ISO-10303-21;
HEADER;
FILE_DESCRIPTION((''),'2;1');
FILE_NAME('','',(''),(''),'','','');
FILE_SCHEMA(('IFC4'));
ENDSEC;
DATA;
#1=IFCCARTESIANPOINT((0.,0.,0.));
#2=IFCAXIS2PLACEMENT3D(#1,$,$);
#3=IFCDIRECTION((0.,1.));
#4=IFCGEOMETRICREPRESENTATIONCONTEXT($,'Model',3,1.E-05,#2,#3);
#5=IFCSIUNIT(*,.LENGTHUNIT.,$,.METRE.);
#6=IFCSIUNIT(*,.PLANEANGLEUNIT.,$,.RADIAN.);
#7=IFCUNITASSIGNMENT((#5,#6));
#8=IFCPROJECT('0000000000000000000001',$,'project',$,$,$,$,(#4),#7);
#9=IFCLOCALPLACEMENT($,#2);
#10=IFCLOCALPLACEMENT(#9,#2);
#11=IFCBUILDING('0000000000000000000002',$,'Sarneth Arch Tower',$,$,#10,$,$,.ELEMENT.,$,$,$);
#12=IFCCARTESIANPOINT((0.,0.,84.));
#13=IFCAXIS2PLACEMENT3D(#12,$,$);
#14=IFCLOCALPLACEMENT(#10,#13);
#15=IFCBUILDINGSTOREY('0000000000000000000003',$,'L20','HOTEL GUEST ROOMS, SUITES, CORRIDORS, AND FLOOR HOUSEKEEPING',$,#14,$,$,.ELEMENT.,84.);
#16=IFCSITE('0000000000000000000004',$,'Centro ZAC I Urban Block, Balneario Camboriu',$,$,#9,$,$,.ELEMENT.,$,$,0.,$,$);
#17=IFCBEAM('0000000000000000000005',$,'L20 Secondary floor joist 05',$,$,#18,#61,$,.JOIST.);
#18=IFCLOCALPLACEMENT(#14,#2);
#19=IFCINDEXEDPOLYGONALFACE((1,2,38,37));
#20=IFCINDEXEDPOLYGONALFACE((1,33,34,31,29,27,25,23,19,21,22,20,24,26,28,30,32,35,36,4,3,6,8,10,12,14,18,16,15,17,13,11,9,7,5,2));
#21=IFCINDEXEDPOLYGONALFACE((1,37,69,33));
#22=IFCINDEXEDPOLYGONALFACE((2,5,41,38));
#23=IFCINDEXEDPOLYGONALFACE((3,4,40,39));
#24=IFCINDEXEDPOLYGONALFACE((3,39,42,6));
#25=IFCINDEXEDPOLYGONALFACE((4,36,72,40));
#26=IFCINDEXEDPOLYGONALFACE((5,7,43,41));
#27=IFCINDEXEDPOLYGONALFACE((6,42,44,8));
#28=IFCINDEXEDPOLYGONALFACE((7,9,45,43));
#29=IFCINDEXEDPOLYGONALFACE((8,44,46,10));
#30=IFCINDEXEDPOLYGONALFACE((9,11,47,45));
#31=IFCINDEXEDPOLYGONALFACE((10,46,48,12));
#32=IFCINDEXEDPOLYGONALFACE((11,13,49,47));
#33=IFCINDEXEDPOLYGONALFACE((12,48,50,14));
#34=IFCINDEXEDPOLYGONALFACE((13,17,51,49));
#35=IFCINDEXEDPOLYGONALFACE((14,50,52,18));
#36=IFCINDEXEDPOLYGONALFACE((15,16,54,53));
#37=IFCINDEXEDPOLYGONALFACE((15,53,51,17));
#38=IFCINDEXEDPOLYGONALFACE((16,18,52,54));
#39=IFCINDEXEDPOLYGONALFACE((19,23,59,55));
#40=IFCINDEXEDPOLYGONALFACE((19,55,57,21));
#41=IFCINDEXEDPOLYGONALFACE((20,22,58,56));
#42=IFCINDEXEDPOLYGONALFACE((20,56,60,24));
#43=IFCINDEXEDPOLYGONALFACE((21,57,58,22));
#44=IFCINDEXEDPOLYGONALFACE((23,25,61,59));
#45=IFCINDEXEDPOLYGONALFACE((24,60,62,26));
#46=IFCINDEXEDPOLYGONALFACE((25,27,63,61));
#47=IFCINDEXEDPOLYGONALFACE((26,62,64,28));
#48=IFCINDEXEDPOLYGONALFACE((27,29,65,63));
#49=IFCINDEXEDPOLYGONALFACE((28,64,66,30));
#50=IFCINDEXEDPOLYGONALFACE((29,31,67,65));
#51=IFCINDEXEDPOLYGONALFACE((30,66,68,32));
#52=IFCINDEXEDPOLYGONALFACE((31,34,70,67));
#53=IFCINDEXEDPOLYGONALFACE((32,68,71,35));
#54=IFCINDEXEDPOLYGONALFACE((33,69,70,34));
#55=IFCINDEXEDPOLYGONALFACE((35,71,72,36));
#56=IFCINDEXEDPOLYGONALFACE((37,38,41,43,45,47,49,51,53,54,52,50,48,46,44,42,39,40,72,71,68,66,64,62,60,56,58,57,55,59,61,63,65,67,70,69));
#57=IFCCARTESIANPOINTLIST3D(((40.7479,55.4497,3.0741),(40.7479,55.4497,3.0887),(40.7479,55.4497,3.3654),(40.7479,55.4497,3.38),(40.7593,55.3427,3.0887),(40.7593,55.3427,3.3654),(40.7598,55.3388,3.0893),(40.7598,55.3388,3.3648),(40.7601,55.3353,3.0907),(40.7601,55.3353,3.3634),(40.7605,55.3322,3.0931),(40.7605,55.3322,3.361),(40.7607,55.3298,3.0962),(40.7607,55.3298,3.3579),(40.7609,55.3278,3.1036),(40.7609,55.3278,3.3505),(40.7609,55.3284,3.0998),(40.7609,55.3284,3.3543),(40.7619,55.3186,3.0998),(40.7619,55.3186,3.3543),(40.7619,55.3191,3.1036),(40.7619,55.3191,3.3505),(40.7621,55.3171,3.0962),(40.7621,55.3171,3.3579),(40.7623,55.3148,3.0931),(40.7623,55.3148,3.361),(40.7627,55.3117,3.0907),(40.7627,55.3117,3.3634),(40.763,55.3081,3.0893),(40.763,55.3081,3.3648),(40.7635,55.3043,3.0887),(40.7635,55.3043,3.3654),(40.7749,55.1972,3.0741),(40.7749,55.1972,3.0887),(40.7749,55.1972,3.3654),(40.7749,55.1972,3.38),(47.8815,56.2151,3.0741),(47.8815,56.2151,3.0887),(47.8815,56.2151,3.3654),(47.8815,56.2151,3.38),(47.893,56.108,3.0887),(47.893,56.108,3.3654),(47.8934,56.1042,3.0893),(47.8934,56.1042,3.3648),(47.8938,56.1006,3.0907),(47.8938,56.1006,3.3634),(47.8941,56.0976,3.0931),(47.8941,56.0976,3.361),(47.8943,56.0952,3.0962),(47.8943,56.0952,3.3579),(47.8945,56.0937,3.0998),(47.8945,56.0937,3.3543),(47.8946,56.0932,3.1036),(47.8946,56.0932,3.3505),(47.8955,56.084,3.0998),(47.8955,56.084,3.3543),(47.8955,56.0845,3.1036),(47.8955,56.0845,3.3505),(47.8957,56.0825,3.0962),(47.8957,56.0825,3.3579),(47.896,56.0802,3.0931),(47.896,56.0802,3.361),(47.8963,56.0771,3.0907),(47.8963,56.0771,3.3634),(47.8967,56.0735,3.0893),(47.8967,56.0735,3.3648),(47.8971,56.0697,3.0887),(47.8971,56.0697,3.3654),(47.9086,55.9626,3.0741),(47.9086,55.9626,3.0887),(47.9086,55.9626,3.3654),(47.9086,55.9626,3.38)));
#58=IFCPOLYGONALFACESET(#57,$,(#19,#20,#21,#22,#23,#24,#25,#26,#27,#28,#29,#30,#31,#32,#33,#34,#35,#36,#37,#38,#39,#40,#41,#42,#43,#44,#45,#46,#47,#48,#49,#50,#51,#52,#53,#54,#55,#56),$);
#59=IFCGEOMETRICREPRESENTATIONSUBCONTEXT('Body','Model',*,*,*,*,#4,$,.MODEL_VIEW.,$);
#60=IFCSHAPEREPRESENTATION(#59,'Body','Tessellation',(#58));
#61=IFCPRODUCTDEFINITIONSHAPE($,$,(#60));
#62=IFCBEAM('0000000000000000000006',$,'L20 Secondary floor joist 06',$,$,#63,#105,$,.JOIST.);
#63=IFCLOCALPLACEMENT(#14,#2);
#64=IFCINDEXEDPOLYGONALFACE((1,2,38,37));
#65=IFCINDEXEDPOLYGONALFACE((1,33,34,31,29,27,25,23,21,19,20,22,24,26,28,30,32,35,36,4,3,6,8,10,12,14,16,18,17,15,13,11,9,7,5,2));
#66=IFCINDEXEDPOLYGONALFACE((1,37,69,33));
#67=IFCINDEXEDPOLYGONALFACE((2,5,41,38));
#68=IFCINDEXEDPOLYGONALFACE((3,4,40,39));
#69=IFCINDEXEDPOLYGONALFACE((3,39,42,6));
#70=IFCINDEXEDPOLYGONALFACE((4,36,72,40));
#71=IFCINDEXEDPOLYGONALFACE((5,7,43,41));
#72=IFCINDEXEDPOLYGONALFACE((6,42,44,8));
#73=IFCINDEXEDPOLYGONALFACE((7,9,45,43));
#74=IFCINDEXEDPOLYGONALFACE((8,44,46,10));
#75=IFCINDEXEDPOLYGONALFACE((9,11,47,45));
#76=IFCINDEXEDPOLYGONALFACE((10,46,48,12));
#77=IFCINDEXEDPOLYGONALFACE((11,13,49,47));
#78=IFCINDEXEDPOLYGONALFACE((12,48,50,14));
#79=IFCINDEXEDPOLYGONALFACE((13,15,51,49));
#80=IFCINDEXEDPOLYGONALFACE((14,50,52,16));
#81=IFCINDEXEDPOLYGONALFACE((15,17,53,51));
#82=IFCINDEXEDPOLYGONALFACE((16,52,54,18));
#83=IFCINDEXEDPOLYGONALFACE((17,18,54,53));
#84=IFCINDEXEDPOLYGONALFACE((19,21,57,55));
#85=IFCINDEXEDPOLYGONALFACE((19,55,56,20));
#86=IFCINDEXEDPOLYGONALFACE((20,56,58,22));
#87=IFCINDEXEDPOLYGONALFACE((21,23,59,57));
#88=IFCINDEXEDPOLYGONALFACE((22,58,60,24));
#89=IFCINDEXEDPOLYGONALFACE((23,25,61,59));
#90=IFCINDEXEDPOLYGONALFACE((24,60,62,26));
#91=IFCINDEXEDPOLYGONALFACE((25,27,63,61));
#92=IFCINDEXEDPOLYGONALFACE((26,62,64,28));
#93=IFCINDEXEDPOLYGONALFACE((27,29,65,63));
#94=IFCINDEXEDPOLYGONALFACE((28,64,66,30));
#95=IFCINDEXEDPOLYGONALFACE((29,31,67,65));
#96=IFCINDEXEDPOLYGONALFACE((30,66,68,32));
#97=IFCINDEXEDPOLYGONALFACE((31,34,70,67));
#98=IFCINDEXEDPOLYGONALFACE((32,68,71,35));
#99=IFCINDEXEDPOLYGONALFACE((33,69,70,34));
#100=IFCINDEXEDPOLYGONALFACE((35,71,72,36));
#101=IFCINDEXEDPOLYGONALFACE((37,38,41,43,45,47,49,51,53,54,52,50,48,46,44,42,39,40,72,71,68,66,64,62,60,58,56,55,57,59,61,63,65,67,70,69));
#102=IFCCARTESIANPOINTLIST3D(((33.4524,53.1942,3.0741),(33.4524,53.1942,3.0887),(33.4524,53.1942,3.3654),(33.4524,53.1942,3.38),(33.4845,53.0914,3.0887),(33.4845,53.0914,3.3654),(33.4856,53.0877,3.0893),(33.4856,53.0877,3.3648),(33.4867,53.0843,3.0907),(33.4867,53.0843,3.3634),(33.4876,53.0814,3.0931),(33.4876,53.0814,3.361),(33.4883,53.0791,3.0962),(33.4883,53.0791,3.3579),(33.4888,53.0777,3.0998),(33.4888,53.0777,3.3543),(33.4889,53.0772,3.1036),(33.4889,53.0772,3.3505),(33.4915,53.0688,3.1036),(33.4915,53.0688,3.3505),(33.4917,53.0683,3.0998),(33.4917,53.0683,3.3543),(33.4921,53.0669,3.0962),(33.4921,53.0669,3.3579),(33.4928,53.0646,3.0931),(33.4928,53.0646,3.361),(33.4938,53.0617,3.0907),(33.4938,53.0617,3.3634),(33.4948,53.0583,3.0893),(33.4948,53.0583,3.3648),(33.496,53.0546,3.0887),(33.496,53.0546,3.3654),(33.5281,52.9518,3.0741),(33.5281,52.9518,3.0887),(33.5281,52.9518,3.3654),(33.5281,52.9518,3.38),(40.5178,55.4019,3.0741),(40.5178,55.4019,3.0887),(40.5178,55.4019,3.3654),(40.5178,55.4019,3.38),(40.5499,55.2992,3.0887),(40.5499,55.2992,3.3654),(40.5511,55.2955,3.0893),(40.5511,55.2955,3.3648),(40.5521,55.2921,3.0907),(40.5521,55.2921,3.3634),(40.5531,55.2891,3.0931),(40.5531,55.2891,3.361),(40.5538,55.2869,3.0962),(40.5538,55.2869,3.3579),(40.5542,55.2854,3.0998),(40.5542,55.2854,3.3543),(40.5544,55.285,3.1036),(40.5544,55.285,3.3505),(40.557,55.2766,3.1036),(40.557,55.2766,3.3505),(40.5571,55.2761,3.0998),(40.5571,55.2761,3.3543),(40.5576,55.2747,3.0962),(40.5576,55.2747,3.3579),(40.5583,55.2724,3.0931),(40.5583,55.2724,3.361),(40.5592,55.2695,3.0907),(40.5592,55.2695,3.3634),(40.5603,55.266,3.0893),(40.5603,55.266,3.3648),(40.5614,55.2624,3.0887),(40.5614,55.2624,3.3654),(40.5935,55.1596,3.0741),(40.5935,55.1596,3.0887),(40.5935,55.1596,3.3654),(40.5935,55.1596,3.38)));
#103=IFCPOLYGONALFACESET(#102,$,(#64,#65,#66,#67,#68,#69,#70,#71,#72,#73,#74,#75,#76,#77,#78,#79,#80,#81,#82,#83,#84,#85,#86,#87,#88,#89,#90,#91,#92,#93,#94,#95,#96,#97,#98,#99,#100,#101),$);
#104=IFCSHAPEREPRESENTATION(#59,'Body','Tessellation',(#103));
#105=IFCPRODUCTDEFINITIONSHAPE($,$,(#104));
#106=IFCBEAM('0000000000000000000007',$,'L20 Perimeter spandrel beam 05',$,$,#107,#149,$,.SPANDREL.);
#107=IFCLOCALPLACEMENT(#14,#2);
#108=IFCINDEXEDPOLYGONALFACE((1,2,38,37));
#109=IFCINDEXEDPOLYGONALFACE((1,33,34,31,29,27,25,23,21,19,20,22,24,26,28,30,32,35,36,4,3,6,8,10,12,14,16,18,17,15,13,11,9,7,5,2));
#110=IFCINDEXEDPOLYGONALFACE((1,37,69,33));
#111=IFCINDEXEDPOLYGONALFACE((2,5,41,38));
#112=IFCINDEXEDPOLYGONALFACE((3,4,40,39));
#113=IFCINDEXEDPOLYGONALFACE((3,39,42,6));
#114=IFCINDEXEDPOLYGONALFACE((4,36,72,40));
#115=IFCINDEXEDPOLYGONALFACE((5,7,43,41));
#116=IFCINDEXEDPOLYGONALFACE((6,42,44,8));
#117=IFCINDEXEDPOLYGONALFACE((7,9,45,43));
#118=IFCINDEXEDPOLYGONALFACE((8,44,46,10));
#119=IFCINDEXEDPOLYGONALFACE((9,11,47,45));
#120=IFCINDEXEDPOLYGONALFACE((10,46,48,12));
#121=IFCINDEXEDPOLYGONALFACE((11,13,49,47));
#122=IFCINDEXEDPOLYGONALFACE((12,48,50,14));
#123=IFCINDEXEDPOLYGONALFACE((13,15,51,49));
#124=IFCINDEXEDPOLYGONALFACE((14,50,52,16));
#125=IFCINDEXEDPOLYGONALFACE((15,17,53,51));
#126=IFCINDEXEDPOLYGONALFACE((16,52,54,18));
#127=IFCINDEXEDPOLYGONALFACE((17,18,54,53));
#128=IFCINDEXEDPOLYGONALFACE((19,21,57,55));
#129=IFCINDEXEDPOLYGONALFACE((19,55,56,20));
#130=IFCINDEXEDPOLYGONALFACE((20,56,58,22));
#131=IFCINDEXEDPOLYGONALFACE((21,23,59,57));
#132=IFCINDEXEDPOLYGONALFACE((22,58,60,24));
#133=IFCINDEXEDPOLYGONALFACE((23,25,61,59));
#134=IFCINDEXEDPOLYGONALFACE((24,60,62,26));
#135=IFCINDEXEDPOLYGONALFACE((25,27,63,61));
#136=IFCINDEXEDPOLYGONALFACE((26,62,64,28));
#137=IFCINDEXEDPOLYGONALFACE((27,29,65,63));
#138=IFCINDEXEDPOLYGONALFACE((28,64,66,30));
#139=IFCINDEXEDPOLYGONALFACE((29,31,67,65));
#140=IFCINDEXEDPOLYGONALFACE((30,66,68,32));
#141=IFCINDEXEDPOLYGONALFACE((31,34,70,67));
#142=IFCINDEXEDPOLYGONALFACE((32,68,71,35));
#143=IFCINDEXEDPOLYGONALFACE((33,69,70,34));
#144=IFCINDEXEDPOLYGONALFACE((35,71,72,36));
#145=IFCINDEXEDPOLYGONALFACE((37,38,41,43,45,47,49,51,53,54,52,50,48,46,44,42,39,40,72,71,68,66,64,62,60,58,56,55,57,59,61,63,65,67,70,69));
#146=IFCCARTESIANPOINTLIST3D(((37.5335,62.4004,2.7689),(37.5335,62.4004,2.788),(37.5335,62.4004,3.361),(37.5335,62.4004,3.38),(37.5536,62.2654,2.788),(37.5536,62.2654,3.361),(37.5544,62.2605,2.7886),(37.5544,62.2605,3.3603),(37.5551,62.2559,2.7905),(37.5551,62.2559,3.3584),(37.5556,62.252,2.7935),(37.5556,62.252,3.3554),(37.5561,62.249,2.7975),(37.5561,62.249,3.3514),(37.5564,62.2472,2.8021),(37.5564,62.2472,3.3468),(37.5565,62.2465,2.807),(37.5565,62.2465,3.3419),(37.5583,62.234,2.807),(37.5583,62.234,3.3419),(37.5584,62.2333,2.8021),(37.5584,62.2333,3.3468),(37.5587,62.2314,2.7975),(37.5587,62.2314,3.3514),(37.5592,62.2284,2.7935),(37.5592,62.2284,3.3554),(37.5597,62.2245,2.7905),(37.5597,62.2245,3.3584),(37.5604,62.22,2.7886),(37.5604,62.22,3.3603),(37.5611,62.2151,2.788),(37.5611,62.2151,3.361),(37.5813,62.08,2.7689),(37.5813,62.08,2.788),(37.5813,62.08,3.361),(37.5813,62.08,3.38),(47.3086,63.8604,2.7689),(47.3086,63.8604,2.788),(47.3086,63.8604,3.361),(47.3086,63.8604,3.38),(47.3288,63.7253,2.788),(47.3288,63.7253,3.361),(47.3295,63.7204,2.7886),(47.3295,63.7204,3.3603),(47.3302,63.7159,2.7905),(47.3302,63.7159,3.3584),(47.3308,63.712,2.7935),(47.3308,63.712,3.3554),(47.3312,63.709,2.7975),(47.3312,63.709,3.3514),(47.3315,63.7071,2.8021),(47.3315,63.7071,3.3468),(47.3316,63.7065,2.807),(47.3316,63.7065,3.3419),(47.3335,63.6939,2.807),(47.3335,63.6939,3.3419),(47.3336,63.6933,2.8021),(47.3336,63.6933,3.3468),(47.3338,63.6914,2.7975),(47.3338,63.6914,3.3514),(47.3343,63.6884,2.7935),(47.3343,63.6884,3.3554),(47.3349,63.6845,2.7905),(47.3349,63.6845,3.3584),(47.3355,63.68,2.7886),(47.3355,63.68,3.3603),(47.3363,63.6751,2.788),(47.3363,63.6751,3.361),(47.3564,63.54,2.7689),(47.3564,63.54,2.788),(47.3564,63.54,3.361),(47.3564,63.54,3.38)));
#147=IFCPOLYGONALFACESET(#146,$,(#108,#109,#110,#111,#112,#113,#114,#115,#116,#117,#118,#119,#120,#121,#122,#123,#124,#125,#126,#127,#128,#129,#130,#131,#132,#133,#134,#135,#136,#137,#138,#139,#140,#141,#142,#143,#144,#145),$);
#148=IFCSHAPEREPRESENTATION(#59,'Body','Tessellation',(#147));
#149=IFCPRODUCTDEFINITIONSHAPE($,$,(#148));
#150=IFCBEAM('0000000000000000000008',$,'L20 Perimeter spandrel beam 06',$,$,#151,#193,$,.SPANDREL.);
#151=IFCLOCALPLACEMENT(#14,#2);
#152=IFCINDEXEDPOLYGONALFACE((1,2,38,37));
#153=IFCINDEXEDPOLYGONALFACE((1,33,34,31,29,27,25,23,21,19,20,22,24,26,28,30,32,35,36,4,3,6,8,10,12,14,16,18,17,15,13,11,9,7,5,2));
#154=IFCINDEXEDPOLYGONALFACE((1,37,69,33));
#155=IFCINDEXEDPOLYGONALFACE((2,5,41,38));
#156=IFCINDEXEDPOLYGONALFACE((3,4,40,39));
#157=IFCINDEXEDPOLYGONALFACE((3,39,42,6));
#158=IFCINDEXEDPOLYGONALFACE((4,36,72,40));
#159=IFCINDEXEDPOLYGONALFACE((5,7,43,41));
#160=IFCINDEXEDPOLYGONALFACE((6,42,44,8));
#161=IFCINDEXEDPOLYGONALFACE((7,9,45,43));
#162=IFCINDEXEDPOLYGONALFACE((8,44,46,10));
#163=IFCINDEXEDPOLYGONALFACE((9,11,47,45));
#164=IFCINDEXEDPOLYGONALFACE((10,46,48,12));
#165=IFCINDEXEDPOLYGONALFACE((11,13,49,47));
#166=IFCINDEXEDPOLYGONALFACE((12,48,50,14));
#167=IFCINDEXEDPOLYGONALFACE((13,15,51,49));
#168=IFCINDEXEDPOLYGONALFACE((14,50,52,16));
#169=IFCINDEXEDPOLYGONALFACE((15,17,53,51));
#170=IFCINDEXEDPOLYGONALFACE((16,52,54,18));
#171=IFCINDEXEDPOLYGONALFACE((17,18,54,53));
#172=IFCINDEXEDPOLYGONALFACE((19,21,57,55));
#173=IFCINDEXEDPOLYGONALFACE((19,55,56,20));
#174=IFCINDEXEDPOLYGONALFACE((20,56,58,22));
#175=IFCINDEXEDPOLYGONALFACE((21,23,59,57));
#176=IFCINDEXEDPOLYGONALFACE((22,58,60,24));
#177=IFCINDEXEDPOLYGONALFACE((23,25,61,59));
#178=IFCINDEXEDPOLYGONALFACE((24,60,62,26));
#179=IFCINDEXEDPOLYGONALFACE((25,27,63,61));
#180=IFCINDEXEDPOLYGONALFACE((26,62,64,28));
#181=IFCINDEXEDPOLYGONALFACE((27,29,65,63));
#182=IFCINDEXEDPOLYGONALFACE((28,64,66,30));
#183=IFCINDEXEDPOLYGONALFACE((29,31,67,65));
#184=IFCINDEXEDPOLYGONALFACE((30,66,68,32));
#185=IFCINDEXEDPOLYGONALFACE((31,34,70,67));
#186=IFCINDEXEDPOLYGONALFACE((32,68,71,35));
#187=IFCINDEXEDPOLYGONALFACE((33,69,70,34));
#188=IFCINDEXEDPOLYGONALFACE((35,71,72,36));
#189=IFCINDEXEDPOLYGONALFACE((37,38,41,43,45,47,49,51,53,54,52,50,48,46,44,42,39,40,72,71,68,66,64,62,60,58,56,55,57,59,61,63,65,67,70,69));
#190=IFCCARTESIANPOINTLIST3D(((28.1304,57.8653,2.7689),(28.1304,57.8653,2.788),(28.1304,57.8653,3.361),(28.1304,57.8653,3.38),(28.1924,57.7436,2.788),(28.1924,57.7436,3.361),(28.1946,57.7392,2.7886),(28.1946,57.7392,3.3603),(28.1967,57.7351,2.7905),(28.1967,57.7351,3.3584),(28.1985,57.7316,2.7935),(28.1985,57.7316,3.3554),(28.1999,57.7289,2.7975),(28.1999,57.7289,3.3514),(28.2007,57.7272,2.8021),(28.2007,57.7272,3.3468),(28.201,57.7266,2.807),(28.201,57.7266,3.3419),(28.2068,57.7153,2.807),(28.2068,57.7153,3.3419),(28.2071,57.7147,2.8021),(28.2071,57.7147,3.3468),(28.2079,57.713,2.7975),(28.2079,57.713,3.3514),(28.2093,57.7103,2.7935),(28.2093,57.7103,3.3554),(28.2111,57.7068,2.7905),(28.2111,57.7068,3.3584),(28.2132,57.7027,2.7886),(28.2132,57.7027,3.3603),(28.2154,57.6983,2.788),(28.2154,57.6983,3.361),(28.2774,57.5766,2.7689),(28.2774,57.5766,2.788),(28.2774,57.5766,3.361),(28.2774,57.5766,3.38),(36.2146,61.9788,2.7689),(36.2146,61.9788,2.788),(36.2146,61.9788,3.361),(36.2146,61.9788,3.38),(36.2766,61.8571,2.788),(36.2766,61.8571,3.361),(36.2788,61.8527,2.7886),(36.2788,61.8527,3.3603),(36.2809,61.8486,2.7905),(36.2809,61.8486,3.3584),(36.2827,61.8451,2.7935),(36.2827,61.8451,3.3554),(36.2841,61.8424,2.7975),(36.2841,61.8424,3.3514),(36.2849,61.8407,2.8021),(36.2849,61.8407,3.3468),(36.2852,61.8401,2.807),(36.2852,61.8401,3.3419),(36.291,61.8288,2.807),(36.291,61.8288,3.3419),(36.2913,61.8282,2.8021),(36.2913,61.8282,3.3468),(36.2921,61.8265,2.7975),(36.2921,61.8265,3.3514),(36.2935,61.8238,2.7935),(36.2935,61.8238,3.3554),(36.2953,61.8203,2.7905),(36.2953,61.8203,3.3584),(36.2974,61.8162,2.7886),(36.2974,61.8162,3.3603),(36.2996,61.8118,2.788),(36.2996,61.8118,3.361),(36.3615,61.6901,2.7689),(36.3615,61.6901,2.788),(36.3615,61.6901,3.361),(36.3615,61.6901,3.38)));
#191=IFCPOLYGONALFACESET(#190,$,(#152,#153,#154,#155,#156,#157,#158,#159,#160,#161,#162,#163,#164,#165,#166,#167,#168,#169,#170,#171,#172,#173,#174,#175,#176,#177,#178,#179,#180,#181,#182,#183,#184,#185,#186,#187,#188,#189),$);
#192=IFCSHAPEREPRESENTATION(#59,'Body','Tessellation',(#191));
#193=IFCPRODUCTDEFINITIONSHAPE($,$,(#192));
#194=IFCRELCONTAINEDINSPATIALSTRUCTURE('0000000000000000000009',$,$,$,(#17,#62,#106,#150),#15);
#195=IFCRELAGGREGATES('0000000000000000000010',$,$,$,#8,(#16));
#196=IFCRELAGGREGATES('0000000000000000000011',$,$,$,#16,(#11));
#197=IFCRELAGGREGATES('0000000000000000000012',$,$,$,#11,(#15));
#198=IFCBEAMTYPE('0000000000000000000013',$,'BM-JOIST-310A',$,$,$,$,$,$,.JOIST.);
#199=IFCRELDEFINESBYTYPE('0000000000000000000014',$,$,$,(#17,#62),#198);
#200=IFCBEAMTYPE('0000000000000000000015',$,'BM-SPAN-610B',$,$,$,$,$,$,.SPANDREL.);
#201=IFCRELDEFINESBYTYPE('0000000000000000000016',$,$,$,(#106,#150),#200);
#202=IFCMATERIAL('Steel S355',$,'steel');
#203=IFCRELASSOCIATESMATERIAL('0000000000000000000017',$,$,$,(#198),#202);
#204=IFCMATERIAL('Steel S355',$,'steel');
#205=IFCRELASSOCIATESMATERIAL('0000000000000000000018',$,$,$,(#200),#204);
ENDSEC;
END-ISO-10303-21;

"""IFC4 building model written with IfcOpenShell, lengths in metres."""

from ifc_helpers import new_model, si_unit, direction, frame, origin, origin_2d, place, context, subcontext, project, spatial, i_section, extrude, material, material_profile, profile_set, type_object, element, save


model = new_model("IFC4")

# Units and contexts
model_context = context("Model", 3, precision=1e-05, world=origin(), true_north=direction((0.0, 1.0)))
body_context = subcontext(model_context, "Body", "Model", "MODEL_VIEW")
ifc_project = project(units=[si_unit("LENGTHUNIT", "METRE"), si_unit("PLANEANGLEUNIT", "RADIAN")], contexts=[model_context])

# Site, building, storey
site_placement = place(None, origin())
site = spatial("IfcSite", under=ifc_project, at=site_placement, Name="Centro ZAC I Urban Block, Balneario Camboriu", CompositionType="ELEMENT", RefElevation=0.0)
building_placement = place(site_placement, origin())
building = spatial("IfcBuilding", under=site, at=building_placement, Name="Sarneth Arch Tower", CompositionType="ELEMENT")
storey_placement = place(building_placement, frame((0.0, 0.0, 84.0)))
storey = spatial("IfcBuildingStorey", under=building, at=storey_placement, Name="L20", Description="HOTEL GUEST ROOMS, SUITES, CORRIDORS, AND FLOOR HOUSEKEEPING", CompositionType="ELEMENT", Elevation=84.0)

# Beams
ifc_material_1 = material(Name="Steel S355", Category="steel")
ifc_material_profile_1 = material_profile(ifc_material_1, i_section(OverallWidth=0.2539, OverallDepth=0.3059, WebThickness=0.0088, FlangeThickness=0.0146, FilletRadius=0.0149, at=origin_2d()), Name="W310x79")
ifc_profile_set_1 = profile_set([ifc_material_profile_1], Name="Steel S355")
beam_type_1 = type_object("IfcBeamType", Name="BM-JOIST-310A", PredefinedType="JOIST", material=ifc_profile_set_1)
beam_1_placement = place(storey_placement, frame((47.895, 56.0889, 3.2271), z_axis=(-0.994293, -0.106681, 0.0), x_axis=(0.106681, -0.994293, 0.0)))
element("IfcBeam", 1, at=beam_1_placement, inside=storey, type_object=beam_type_1, Name="L20 Secondary floor joist 05", PredefinedType="JOIST", context=body_context, shape_type="SweptSolid", body=[
    extrude(i_section(OverallWidth=0.2539, OverallDepth=0.3059, WebThickness=0.0088, FlangeThickness=0.0146, FilletRadius=0.0149, at=origin_2d()), origin(), (0.0, 0.0, 1.0), 7.1746),
])
beam_2_placement = place(storey_placement, frame((40.5557, 55.2808, 3.2271), z_axis=(-0.954487, -0.298252, 0.0), x_axis=(0.298252, -0.954487, 0.0)))
element("IfcBeam", 2, at=beam_2_placement, inside=storey, type_object=beam_type_1, Name="L20 Secondary floor joist 06", PredefinedType="JOIST", context=body_context, shape_type="SweptSolid", body=[
    extrude(i_section(OverallWidth=0.2539, OverallDepth=0.3059, WebThickness=0.0088, FlangeThickness=0.0146, FilletRadius=0.0149, at=origin_2d()), origin(), (0.0, 0.0, 1.0), 7.4023),
])
ifc_material_2 = material(Name="Steel S355", Category="steel")
ifc_material_profile_2 = material_profile(ifc_material_2, i_section(OverallWidth=0.324, OverallDepth=0.6111, WebThickness=0.0127, FlangeThickness=0.019, FilletRadius=0.019, at=origin_2d()), Name="W610x155")
ifc_profile_set_2 = profile_set([ifc_material_profile_2], Name="Steel S355")
beam_type_2 = type_object("IfcBeamType", Name="BM-SPAN-610B", PredefinedType="SPANDREL", material=ifc_profile_set_2)
beam_3_placement = place(storey_placement, frame((47.3325, 63.7002, 3.0745), z_axis=(-0.98903, -0.147716, 0.0), x_axis=(0.147716, -0.98903, 0.0)))
element("IfcBeam", 3, at=beam_3_placement, inside=storey, type_object=beam_type_2, Name="L20 Perimeter spandrel beam 05", PredefinedType="SPANDREL", context=body_context, shape_type="SweptSolid", body=[
    extrude(i_section(OverallWidth=0.324, OverallDepth=0.6111, WebThickness=0.0127, FlangeThickness=0.019, FilletRadius=0.019, at=origin_2d()), origin(), (0.0, 0.0, 1.0), 9.8835),
])
beam_4_placement = place(storey_placement, frame((36.2881, 61.8345, 3.0745), z_axis=(-0.891256, -0.453501, 0.0), x_axis=(0.453501, -0.891256, 0.0)))
element("IfcBeam", 4, at=beam_4_placement, inside=storey, type_object=beam_type_2, Name="L20 Perimeter spandrel beam 06", PredefinedType="SPANDREL", context=body_context, shape_type="SweptSolid", body=[
    extrude(i_section(OverallWidth=0.324, OverallDepth=0.6111, WebThickness=0.0127, FlangeThickness=0.019, FilletRadius=0.019, at=origin_2d()), origin(), (0.0, 0.0, 1.0), 9.0706),
])

save(model, "model.ifc")
